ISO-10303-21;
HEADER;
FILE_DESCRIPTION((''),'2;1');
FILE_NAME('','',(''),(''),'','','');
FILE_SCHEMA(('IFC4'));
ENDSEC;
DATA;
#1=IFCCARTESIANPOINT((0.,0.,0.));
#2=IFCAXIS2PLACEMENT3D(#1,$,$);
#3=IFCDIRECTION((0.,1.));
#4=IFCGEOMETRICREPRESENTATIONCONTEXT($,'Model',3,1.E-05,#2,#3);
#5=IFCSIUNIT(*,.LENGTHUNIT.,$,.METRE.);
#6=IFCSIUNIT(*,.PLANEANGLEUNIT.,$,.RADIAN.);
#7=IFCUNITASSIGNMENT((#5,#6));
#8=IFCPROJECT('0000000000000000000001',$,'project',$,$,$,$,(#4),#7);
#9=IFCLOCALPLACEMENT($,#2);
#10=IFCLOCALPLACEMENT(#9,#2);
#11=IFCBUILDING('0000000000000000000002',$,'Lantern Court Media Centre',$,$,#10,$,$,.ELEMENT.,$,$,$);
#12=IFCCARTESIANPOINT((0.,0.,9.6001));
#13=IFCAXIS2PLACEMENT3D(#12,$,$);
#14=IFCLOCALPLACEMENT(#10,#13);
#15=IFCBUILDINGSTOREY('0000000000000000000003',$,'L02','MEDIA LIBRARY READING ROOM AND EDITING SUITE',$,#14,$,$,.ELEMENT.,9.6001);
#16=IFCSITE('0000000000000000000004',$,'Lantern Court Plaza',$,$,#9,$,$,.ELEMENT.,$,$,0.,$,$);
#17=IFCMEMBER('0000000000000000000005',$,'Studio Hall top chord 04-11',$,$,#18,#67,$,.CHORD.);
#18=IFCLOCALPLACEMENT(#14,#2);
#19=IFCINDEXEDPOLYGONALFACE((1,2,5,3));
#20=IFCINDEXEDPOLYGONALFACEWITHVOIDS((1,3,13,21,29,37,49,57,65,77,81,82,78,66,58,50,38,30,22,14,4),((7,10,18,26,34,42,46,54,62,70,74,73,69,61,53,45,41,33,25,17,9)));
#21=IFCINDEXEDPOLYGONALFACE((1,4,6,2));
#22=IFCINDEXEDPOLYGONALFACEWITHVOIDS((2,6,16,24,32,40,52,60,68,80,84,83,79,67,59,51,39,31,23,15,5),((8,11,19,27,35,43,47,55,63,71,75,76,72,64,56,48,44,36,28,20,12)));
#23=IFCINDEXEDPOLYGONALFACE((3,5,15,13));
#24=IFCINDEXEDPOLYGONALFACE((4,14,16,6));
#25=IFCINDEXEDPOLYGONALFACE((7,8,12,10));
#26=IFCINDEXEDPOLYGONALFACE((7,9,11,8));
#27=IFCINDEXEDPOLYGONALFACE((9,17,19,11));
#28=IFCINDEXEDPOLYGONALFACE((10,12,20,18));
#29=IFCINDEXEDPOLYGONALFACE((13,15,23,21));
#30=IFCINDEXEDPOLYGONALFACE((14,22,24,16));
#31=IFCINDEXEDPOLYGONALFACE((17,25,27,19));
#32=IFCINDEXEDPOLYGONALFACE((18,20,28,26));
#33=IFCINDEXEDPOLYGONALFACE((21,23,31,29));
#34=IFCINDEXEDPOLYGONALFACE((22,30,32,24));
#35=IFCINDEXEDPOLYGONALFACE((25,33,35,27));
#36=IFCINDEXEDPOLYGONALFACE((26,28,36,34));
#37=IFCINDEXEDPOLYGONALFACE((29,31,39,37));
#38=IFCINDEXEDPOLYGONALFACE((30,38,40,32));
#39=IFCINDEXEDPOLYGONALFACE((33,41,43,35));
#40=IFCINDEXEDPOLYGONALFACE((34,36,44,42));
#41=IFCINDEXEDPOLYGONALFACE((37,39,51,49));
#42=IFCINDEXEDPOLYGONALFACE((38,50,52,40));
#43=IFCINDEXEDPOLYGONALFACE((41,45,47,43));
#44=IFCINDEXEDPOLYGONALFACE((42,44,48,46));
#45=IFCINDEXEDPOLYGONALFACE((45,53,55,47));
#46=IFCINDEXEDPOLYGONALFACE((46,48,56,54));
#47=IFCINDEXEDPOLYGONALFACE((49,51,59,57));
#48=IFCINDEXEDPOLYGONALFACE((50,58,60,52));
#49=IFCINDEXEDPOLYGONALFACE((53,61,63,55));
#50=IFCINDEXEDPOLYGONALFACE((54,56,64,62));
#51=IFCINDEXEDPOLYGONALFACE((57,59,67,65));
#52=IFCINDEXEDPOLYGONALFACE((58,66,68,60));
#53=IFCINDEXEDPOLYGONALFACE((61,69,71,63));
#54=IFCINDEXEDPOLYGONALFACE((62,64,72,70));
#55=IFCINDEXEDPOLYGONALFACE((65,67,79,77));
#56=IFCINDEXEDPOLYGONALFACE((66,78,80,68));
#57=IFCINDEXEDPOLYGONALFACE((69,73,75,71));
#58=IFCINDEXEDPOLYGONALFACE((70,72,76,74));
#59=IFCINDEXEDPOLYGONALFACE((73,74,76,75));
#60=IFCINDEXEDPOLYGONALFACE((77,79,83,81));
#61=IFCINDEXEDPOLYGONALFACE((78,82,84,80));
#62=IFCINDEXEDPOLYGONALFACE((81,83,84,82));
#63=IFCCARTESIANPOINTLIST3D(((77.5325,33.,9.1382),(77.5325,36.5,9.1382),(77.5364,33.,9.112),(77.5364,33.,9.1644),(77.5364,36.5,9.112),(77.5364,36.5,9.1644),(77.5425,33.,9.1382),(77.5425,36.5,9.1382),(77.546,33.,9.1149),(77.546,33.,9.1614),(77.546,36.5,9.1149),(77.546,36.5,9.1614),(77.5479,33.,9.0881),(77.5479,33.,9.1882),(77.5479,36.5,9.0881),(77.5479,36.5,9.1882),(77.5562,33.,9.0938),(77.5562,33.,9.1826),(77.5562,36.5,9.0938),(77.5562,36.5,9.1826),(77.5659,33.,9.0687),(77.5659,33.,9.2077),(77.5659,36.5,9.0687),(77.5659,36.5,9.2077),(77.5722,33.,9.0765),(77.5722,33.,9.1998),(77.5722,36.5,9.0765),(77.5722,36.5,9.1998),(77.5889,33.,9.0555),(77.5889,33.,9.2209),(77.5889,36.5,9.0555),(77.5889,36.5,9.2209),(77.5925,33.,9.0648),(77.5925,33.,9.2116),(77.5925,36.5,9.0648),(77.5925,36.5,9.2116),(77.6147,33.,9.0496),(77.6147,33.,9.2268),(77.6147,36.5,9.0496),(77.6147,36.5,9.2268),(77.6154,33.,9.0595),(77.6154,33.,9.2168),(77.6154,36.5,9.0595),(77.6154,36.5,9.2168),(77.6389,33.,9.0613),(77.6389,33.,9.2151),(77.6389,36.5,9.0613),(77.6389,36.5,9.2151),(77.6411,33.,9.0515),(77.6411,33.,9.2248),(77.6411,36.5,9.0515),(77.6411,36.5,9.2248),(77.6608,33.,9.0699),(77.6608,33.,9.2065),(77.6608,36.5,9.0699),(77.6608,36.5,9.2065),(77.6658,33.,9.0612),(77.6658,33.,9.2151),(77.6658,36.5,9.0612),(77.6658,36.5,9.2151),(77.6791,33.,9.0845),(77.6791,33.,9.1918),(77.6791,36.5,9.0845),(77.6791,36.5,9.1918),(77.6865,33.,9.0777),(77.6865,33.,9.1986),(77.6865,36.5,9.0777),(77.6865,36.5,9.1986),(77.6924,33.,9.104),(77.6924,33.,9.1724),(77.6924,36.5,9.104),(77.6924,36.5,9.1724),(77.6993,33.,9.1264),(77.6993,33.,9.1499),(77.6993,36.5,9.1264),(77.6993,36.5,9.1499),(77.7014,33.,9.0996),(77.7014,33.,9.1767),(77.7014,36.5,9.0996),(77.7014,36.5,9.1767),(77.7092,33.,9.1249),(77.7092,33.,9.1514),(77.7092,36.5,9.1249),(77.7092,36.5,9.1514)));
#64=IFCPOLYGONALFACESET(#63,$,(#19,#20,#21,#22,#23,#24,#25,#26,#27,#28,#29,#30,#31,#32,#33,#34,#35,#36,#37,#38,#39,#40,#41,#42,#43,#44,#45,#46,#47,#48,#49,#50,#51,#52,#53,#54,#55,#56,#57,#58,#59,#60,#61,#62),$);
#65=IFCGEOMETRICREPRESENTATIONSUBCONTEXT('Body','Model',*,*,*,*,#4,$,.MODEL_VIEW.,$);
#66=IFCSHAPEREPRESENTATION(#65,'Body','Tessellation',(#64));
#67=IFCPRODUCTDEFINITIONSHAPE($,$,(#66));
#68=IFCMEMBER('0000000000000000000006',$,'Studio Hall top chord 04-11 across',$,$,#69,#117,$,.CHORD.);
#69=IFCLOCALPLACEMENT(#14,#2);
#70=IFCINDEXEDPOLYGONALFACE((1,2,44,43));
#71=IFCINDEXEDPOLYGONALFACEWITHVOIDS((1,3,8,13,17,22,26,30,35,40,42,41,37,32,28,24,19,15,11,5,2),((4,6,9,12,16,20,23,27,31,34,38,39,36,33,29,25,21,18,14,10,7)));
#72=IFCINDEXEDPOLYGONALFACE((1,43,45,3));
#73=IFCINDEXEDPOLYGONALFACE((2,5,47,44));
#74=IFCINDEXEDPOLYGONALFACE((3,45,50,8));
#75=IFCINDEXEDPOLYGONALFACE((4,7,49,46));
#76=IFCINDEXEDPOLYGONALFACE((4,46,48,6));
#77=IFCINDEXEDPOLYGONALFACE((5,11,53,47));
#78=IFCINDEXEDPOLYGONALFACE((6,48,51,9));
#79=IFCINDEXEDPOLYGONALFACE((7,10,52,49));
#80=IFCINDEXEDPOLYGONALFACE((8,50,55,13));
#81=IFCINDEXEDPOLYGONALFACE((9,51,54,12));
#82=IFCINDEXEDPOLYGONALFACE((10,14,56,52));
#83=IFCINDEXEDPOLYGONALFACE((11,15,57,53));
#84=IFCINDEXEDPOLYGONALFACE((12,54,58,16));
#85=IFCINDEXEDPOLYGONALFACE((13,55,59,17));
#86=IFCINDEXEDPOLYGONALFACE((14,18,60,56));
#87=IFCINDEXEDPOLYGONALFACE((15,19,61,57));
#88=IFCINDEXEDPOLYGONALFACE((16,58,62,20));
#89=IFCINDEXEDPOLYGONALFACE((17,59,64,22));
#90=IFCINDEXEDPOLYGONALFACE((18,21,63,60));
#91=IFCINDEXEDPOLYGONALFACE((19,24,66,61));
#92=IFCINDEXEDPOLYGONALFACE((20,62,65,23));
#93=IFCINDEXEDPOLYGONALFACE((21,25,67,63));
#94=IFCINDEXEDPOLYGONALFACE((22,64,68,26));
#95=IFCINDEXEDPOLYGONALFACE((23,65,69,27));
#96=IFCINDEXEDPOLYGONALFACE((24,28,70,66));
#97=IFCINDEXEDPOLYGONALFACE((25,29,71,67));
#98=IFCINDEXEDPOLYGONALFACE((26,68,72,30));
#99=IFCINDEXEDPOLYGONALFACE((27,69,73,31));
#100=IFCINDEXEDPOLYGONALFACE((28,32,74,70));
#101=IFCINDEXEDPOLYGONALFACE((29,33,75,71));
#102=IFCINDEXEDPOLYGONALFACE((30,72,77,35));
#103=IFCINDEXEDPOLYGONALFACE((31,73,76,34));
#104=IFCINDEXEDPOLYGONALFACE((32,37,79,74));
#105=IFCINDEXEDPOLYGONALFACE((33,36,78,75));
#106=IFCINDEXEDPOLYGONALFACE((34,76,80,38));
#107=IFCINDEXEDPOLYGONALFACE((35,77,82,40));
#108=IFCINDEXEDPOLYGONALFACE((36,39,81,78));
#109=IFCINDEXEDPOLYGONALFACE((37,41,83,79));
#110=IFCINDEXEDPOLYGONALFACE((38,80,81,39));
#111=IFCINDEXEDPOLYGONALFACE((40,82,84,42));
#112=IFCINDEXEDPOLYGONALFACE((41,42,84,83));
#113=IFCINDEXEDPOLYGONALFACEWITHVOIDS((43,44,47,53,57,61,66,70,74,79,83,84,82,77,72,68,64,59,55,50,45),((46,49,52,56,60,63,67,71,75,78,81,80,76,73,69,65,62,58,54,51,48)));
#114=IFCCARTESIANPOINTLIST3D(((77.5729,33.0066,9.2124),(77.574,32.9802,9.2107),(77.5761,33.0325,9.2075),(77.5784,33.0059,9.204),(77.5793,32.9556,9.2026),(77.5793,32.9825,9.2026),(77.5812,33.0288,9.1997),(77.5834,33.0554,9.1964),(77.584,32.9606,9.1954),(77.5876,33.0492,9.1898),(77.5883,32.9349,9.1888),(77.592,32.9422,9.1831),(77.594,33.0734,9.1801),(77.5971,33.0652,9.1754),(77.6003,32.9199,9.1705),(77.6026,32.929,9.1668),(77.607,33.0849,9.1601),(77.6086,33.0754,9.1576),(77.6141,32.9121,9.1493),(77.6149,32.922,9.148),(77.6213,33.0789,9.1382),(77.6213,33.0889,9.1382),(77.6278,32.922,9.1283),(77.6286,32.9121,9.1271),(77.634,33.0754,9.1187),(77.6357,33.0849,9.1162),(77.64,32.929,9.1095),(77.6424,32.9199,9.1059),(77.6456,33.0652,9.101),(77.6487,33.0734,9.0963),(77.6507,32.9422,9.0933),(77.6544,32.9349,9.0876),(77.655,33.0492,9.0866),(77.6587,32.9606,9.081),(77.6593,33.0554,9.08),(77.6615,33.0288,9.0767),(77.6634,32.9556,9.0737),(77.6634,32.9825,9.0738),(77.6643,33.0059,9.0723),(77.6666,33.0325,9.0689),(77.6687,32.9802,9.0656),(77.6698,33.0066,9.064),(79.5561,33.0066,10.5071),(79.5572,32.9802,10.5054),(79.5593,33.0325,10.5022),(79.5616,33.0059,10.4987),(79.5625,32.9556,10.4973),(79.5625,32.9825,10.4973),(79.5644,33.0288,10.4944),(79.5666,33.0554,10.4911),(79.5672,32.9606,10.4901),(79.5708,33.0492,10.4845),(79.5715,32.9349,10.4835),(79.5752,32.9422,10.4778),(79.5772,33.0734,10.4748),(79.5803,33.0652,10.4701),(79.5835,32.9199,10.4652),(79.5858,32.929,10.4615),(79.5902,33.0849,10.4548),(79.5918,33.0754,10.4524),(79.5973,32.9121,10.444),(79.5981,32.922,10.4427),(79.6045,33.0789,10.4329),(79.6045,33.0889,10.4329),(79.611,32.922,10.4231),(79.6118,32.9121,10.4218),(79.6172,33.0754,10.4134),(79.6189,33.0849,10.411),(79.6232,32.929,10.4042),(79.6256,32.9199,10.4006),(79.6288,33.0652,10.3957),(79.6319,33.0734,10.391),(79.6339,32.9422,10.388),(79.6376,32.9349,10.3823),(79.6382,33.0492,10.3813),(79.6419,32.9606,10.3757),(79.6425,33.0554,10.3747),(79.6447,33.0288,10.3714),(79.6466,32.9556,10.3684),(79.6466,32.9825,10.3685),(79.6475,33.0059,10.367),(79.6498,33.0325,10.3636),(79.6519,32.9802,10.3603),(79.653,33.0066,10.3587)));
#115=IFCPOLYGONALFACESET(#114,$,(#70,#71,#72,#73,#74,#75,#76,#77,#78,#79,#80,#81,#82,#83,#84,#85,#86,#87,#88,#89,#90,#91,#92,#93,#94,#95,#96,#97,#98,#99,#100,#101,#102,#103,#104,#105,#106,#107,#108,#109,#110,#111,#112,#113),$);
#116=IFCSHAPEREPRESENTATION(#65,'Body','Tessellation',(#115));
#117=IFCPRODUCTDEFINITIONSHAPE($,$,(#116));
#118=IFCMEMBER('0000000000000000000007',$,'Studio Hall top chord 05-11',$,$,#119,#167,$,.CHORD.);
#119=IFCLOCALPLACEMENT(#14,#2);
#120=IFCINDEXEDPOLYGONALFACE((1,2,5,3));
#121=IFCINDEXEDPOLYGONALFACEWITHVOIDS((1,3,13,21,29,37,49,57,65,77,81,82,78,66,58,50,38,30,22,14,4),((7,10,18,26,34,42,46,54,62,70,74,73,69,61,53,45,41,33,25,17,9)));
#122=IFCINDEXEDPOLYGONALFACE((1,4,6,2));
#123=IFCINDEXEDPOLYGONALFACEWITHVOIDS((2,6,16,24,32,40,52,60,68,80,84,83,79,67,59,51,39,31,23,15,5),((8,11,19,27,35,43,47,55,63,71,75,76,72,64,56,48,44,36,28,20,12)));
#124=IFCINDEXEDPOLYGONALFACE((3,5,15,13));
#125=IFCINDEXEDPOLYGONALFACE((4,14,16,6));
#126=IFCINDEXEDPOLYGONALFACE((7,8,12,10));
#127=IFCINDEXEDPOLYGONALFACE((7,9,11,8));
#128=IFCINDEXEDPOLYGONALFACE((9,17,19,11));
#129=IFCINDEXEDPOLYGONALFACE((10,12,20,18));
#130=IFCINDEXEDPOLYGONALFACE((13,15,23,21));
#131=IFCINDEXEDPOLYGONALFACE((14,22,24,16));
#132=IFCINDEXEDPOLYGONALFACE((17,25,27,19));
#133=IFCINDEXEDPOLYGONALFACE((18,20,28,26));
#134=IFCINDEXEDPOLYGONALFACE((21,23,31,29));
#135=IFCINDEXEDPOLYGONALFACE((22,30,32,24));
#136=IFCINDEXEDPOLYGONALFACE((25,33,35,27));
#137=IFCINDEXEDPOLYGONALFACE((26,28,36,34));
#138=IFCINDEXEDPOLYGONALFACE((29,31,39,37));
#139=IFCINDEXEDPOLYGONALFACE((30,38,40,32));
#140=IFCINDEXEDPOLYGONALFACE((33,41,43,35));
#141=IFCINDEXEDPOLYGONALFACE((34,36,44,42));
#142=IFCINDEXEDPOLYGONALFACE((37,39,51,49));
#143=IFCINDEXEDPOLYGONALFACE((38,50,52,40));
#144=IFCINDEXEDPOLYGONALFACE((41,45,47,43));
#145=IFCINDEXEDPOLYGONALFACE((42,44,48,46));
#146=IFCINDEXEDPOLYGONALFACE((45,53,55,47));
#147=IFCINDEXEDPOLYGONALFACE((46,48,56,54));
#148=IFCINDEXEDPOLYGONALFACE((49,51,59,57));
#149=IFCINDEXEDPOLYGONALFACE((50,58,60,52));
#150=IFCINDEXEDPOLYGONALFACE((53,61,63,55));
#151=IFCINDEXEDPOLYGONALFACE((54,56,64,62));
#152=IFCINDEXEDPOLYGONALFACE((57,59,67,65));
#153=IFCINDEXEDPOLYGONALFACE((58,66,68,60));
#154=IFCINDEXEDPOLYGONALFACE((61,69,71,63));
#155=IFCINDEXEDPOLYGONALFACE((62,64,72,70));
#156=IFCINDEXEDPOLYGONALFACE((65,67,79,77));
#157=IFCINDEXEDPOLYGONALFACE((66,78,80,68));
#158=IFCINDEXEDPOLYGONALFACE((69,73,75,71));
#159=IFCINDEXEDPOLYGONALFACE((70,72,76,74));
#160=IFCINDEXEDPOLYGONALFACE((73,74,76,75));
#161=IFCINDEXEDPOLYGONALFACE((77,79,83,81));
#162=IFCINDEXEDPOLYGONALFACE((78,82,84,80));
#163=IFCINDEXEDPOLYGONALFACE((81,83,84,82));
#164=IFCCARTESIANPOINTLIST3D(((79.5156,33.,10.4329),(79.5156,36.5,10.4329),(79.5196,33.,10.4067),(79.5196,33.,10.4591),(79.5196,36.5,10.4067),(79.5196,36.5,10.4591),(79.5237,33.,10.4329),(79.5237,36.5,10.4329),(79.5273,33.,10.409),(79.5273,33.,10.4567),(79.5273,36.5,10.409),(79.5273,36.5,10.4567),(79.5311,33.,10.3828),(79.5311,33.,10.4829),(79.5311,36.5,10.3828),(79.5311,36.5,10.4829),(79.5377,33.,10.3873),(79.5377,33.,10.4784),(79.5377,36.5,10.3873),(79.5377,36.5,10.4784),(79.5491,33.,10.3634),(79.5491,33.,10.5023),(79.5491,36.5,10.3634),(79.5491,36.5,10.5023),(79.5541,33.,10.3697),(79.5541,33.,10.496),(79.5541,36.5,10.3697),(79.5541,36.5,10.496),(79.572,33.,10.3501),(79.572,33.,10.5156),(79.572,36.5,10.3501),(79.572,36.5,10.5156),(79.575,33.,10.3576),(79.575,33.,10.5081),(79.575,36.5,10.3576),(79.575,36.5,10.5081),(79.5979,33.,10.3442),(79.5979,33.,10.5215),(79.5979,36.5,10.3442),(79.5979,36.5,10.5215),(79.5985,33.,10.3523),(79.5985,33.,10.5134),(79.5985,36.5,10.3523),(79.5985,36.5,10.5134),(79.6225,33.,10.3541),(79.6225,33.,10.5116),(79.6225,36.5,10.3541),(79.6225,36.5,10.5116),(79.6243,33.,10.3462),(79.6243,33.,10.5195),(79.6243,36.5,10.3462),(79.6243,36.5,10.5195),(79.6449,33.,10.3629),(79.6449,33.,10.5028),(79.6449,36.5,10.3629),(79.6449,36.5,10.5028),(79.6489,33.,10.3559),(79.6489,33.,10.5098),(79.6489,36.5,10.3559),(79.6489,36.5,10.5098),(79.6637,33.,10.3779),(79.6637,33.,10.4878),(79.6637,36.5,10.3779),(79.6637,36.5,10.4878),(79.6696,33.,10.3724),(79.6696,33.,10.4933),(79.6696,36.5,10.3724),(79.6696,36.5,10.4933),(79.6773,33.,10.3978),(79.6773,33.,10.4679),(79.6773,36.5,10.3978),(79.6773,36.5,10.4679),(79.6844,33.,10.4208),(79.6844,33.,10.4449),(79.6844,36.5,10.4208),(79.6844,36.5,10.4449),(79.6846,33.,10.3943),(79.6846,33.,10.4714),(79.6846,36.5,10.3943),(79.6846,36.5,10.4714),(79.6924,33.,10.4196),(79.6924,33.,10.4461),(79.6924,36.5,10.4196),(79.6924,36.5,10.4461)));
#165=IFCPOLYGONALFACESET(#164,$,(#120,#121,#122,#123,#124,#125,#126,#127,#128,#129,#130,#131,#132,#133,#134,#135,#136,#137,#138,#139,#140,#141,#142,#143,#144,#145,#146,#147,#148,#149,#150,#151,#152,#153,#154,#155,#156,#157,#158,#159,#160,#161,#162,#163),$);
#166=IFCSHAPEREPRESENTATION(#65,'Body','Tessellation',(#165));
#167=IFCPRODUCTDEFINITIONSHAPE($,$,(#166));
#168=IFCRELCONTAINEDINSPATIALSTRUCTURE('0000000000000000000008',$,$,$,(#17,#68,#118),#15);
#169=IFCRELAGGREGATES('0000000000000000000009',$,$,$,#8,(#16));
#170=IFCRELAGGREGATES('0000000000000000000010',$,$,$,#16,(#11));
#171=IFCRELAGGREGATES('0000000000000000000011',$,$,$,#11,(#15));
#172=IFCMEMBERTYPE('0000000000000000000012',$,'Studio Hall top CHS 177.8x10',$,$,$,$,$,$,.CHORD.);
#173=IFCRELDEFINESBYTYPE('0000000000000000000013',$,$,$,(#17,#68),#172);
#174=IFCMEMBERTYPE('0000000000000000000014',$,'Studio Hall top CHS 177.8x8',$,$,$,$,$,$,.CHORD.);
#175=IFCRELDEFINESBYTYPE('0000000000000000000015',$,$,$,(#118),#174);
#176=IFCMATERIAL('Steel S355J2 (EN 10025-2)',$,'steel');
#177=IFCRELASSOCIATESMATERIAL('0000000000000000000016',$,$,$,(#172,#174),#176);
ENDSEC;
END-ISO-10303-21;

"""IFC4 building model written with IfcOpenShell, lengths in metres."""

from ifc_helpers import new_model, si_unit, direction, frame, origin, origin_2d, place, context, subcontext, project, spatial, hollow_circle, extrude, material, material_profile, profile_set, type_object, element, save


model = new_model("IFC4")

# Units and contexts
model_context = context("Model", 3, precision=1e-05, world=origin(), true_north=direction((0.0, 1.0)))
body_context = subcontext(model_context, "Body", "Model", "MODEL_VIEW")
ifc_project = project(units=[si_unit("LENGTHUNIT", "METRE"), si_unit("PLANEANGLEUNIT", "RADIAN")], contexts=[model_context])

# Site, building, storey
site_placement = place(None, origin())
site = spatial("IfcSite", under=ifc_project, at=site_placement, Name="Lantern Court Plaza", CompositionType="ELEMENT", RefElevation=0.0)
building_placement = place(site_placement, origin())
building = spatial("IfcBuilding", under=site, at=building_placement, Name="Lantern Court Media Centre", CompositionType="ELEMENT")
storey_placement = place(building_placement, frame((0.0, 0.0, 9.6001)))
storey = spatial("IfcBuildingStorey", under=building, at=storey_placement, Name="L02", Description="MEDIA LIBRARY READING ROOM AND EDITING SUITE", CompositionType="ELEMENT", Elevation=9.6001)

# Members
ifc_material = material(Name="Steel S355J2 (EN 10025-2)", Category="steel")
ifc_material_profile_1 = material_profile(ifc_material, hollow_circle(Radius=0.0889, WallThickness=0.01, at=origin_2d()), Name="Studio Hall top CHS 177.8x10")
ifc_profile_set_1 = profile_set([ifc_material_profile_1], Name="Steel S355J2 (EN 10025-2)")
member_type_1 = type_object("IfcMemberType", Name="Studio Hall top CHS 177.8x10", PredefinedType="CHORD", material=ifc_profile_set_1)
member_1_placement = place(storey_placement, frame((77.6213, 33.0, 9.1382), z_axis=(0.0, 1.0, 0.0), x_axis=(-1.0, 0.0, 0.0)))
element("IfcMember", 1, at=member_1_placement, inside=storey, type_object=member_type_1, Name="Studio Hall top chord 04-11", PredefinedType="CHORD", context=body_context, shape_type="SweptSolid", body=[
    extrude(hollow_circle(Radius=0.0889, WallThickness=0.01, at=origin_2d()), origin(), (0.0, 0.0, 1.0), 3.5),
])
member_2_placement = place(storey_placement, frame((77.6213, 33.0, 9.1382), z_axis=(0.837356, 0.0, 0.546658), x_axis=(0.0, 1.0, 0.0)))
element("IfcMember", 2, at=member_2_placement, inside=storey, type_object=member_type_1, Name="Studio Hall top chord 04-11 across", PredefinedType="CHORD", context=body_context, shape_type="SweptSolid", body=[
    extrude(hollow_circle(Radius=0.0889, WallThickness=0.01, at=origin_2d()), origin(), (0.0, 0.0, 1.0), 2.3684),
])
ifc_material_profile_2 = material_profile(ifc_material, hollow_circle(Radius=0.0889, WallThickness=0.0081, at=origin_2d()), Name="Studio Hall top CHS 177.8x8")
ifc_profile_set_2 = profile_set([ifc_material_profile_2], Name="Steel S355J2 (EN 10025-2)")
member_type_2 = type_object("IfcMemberType", Name="Studio Hall top CHS 177.8x8", PredefinedType="CHORD", material=ifc_profile_set_2)
member_3_placement = place(storey_placement, frame((79.6045, 33.0, 10.4329), z_axis=(0.0, 1.0, 0.0), x_axis=(-1.0, 0.0, 0.0)))
element("IfcMember", 3, at=member_3_placement, inside=storey, type_object=member_type_2, Name="Studio Hall top chord 05-11", PredefinedType="CHORD", context=body_context, shape_type="SweptSolid", body=[
    extrude(hollow_circle(Radius=0.0889, WallThickness=0.0081, at=origin_2d()), origin(), (0.0, 0.0, 1.0), 3.5),
])

save(model, "model.ifc")
